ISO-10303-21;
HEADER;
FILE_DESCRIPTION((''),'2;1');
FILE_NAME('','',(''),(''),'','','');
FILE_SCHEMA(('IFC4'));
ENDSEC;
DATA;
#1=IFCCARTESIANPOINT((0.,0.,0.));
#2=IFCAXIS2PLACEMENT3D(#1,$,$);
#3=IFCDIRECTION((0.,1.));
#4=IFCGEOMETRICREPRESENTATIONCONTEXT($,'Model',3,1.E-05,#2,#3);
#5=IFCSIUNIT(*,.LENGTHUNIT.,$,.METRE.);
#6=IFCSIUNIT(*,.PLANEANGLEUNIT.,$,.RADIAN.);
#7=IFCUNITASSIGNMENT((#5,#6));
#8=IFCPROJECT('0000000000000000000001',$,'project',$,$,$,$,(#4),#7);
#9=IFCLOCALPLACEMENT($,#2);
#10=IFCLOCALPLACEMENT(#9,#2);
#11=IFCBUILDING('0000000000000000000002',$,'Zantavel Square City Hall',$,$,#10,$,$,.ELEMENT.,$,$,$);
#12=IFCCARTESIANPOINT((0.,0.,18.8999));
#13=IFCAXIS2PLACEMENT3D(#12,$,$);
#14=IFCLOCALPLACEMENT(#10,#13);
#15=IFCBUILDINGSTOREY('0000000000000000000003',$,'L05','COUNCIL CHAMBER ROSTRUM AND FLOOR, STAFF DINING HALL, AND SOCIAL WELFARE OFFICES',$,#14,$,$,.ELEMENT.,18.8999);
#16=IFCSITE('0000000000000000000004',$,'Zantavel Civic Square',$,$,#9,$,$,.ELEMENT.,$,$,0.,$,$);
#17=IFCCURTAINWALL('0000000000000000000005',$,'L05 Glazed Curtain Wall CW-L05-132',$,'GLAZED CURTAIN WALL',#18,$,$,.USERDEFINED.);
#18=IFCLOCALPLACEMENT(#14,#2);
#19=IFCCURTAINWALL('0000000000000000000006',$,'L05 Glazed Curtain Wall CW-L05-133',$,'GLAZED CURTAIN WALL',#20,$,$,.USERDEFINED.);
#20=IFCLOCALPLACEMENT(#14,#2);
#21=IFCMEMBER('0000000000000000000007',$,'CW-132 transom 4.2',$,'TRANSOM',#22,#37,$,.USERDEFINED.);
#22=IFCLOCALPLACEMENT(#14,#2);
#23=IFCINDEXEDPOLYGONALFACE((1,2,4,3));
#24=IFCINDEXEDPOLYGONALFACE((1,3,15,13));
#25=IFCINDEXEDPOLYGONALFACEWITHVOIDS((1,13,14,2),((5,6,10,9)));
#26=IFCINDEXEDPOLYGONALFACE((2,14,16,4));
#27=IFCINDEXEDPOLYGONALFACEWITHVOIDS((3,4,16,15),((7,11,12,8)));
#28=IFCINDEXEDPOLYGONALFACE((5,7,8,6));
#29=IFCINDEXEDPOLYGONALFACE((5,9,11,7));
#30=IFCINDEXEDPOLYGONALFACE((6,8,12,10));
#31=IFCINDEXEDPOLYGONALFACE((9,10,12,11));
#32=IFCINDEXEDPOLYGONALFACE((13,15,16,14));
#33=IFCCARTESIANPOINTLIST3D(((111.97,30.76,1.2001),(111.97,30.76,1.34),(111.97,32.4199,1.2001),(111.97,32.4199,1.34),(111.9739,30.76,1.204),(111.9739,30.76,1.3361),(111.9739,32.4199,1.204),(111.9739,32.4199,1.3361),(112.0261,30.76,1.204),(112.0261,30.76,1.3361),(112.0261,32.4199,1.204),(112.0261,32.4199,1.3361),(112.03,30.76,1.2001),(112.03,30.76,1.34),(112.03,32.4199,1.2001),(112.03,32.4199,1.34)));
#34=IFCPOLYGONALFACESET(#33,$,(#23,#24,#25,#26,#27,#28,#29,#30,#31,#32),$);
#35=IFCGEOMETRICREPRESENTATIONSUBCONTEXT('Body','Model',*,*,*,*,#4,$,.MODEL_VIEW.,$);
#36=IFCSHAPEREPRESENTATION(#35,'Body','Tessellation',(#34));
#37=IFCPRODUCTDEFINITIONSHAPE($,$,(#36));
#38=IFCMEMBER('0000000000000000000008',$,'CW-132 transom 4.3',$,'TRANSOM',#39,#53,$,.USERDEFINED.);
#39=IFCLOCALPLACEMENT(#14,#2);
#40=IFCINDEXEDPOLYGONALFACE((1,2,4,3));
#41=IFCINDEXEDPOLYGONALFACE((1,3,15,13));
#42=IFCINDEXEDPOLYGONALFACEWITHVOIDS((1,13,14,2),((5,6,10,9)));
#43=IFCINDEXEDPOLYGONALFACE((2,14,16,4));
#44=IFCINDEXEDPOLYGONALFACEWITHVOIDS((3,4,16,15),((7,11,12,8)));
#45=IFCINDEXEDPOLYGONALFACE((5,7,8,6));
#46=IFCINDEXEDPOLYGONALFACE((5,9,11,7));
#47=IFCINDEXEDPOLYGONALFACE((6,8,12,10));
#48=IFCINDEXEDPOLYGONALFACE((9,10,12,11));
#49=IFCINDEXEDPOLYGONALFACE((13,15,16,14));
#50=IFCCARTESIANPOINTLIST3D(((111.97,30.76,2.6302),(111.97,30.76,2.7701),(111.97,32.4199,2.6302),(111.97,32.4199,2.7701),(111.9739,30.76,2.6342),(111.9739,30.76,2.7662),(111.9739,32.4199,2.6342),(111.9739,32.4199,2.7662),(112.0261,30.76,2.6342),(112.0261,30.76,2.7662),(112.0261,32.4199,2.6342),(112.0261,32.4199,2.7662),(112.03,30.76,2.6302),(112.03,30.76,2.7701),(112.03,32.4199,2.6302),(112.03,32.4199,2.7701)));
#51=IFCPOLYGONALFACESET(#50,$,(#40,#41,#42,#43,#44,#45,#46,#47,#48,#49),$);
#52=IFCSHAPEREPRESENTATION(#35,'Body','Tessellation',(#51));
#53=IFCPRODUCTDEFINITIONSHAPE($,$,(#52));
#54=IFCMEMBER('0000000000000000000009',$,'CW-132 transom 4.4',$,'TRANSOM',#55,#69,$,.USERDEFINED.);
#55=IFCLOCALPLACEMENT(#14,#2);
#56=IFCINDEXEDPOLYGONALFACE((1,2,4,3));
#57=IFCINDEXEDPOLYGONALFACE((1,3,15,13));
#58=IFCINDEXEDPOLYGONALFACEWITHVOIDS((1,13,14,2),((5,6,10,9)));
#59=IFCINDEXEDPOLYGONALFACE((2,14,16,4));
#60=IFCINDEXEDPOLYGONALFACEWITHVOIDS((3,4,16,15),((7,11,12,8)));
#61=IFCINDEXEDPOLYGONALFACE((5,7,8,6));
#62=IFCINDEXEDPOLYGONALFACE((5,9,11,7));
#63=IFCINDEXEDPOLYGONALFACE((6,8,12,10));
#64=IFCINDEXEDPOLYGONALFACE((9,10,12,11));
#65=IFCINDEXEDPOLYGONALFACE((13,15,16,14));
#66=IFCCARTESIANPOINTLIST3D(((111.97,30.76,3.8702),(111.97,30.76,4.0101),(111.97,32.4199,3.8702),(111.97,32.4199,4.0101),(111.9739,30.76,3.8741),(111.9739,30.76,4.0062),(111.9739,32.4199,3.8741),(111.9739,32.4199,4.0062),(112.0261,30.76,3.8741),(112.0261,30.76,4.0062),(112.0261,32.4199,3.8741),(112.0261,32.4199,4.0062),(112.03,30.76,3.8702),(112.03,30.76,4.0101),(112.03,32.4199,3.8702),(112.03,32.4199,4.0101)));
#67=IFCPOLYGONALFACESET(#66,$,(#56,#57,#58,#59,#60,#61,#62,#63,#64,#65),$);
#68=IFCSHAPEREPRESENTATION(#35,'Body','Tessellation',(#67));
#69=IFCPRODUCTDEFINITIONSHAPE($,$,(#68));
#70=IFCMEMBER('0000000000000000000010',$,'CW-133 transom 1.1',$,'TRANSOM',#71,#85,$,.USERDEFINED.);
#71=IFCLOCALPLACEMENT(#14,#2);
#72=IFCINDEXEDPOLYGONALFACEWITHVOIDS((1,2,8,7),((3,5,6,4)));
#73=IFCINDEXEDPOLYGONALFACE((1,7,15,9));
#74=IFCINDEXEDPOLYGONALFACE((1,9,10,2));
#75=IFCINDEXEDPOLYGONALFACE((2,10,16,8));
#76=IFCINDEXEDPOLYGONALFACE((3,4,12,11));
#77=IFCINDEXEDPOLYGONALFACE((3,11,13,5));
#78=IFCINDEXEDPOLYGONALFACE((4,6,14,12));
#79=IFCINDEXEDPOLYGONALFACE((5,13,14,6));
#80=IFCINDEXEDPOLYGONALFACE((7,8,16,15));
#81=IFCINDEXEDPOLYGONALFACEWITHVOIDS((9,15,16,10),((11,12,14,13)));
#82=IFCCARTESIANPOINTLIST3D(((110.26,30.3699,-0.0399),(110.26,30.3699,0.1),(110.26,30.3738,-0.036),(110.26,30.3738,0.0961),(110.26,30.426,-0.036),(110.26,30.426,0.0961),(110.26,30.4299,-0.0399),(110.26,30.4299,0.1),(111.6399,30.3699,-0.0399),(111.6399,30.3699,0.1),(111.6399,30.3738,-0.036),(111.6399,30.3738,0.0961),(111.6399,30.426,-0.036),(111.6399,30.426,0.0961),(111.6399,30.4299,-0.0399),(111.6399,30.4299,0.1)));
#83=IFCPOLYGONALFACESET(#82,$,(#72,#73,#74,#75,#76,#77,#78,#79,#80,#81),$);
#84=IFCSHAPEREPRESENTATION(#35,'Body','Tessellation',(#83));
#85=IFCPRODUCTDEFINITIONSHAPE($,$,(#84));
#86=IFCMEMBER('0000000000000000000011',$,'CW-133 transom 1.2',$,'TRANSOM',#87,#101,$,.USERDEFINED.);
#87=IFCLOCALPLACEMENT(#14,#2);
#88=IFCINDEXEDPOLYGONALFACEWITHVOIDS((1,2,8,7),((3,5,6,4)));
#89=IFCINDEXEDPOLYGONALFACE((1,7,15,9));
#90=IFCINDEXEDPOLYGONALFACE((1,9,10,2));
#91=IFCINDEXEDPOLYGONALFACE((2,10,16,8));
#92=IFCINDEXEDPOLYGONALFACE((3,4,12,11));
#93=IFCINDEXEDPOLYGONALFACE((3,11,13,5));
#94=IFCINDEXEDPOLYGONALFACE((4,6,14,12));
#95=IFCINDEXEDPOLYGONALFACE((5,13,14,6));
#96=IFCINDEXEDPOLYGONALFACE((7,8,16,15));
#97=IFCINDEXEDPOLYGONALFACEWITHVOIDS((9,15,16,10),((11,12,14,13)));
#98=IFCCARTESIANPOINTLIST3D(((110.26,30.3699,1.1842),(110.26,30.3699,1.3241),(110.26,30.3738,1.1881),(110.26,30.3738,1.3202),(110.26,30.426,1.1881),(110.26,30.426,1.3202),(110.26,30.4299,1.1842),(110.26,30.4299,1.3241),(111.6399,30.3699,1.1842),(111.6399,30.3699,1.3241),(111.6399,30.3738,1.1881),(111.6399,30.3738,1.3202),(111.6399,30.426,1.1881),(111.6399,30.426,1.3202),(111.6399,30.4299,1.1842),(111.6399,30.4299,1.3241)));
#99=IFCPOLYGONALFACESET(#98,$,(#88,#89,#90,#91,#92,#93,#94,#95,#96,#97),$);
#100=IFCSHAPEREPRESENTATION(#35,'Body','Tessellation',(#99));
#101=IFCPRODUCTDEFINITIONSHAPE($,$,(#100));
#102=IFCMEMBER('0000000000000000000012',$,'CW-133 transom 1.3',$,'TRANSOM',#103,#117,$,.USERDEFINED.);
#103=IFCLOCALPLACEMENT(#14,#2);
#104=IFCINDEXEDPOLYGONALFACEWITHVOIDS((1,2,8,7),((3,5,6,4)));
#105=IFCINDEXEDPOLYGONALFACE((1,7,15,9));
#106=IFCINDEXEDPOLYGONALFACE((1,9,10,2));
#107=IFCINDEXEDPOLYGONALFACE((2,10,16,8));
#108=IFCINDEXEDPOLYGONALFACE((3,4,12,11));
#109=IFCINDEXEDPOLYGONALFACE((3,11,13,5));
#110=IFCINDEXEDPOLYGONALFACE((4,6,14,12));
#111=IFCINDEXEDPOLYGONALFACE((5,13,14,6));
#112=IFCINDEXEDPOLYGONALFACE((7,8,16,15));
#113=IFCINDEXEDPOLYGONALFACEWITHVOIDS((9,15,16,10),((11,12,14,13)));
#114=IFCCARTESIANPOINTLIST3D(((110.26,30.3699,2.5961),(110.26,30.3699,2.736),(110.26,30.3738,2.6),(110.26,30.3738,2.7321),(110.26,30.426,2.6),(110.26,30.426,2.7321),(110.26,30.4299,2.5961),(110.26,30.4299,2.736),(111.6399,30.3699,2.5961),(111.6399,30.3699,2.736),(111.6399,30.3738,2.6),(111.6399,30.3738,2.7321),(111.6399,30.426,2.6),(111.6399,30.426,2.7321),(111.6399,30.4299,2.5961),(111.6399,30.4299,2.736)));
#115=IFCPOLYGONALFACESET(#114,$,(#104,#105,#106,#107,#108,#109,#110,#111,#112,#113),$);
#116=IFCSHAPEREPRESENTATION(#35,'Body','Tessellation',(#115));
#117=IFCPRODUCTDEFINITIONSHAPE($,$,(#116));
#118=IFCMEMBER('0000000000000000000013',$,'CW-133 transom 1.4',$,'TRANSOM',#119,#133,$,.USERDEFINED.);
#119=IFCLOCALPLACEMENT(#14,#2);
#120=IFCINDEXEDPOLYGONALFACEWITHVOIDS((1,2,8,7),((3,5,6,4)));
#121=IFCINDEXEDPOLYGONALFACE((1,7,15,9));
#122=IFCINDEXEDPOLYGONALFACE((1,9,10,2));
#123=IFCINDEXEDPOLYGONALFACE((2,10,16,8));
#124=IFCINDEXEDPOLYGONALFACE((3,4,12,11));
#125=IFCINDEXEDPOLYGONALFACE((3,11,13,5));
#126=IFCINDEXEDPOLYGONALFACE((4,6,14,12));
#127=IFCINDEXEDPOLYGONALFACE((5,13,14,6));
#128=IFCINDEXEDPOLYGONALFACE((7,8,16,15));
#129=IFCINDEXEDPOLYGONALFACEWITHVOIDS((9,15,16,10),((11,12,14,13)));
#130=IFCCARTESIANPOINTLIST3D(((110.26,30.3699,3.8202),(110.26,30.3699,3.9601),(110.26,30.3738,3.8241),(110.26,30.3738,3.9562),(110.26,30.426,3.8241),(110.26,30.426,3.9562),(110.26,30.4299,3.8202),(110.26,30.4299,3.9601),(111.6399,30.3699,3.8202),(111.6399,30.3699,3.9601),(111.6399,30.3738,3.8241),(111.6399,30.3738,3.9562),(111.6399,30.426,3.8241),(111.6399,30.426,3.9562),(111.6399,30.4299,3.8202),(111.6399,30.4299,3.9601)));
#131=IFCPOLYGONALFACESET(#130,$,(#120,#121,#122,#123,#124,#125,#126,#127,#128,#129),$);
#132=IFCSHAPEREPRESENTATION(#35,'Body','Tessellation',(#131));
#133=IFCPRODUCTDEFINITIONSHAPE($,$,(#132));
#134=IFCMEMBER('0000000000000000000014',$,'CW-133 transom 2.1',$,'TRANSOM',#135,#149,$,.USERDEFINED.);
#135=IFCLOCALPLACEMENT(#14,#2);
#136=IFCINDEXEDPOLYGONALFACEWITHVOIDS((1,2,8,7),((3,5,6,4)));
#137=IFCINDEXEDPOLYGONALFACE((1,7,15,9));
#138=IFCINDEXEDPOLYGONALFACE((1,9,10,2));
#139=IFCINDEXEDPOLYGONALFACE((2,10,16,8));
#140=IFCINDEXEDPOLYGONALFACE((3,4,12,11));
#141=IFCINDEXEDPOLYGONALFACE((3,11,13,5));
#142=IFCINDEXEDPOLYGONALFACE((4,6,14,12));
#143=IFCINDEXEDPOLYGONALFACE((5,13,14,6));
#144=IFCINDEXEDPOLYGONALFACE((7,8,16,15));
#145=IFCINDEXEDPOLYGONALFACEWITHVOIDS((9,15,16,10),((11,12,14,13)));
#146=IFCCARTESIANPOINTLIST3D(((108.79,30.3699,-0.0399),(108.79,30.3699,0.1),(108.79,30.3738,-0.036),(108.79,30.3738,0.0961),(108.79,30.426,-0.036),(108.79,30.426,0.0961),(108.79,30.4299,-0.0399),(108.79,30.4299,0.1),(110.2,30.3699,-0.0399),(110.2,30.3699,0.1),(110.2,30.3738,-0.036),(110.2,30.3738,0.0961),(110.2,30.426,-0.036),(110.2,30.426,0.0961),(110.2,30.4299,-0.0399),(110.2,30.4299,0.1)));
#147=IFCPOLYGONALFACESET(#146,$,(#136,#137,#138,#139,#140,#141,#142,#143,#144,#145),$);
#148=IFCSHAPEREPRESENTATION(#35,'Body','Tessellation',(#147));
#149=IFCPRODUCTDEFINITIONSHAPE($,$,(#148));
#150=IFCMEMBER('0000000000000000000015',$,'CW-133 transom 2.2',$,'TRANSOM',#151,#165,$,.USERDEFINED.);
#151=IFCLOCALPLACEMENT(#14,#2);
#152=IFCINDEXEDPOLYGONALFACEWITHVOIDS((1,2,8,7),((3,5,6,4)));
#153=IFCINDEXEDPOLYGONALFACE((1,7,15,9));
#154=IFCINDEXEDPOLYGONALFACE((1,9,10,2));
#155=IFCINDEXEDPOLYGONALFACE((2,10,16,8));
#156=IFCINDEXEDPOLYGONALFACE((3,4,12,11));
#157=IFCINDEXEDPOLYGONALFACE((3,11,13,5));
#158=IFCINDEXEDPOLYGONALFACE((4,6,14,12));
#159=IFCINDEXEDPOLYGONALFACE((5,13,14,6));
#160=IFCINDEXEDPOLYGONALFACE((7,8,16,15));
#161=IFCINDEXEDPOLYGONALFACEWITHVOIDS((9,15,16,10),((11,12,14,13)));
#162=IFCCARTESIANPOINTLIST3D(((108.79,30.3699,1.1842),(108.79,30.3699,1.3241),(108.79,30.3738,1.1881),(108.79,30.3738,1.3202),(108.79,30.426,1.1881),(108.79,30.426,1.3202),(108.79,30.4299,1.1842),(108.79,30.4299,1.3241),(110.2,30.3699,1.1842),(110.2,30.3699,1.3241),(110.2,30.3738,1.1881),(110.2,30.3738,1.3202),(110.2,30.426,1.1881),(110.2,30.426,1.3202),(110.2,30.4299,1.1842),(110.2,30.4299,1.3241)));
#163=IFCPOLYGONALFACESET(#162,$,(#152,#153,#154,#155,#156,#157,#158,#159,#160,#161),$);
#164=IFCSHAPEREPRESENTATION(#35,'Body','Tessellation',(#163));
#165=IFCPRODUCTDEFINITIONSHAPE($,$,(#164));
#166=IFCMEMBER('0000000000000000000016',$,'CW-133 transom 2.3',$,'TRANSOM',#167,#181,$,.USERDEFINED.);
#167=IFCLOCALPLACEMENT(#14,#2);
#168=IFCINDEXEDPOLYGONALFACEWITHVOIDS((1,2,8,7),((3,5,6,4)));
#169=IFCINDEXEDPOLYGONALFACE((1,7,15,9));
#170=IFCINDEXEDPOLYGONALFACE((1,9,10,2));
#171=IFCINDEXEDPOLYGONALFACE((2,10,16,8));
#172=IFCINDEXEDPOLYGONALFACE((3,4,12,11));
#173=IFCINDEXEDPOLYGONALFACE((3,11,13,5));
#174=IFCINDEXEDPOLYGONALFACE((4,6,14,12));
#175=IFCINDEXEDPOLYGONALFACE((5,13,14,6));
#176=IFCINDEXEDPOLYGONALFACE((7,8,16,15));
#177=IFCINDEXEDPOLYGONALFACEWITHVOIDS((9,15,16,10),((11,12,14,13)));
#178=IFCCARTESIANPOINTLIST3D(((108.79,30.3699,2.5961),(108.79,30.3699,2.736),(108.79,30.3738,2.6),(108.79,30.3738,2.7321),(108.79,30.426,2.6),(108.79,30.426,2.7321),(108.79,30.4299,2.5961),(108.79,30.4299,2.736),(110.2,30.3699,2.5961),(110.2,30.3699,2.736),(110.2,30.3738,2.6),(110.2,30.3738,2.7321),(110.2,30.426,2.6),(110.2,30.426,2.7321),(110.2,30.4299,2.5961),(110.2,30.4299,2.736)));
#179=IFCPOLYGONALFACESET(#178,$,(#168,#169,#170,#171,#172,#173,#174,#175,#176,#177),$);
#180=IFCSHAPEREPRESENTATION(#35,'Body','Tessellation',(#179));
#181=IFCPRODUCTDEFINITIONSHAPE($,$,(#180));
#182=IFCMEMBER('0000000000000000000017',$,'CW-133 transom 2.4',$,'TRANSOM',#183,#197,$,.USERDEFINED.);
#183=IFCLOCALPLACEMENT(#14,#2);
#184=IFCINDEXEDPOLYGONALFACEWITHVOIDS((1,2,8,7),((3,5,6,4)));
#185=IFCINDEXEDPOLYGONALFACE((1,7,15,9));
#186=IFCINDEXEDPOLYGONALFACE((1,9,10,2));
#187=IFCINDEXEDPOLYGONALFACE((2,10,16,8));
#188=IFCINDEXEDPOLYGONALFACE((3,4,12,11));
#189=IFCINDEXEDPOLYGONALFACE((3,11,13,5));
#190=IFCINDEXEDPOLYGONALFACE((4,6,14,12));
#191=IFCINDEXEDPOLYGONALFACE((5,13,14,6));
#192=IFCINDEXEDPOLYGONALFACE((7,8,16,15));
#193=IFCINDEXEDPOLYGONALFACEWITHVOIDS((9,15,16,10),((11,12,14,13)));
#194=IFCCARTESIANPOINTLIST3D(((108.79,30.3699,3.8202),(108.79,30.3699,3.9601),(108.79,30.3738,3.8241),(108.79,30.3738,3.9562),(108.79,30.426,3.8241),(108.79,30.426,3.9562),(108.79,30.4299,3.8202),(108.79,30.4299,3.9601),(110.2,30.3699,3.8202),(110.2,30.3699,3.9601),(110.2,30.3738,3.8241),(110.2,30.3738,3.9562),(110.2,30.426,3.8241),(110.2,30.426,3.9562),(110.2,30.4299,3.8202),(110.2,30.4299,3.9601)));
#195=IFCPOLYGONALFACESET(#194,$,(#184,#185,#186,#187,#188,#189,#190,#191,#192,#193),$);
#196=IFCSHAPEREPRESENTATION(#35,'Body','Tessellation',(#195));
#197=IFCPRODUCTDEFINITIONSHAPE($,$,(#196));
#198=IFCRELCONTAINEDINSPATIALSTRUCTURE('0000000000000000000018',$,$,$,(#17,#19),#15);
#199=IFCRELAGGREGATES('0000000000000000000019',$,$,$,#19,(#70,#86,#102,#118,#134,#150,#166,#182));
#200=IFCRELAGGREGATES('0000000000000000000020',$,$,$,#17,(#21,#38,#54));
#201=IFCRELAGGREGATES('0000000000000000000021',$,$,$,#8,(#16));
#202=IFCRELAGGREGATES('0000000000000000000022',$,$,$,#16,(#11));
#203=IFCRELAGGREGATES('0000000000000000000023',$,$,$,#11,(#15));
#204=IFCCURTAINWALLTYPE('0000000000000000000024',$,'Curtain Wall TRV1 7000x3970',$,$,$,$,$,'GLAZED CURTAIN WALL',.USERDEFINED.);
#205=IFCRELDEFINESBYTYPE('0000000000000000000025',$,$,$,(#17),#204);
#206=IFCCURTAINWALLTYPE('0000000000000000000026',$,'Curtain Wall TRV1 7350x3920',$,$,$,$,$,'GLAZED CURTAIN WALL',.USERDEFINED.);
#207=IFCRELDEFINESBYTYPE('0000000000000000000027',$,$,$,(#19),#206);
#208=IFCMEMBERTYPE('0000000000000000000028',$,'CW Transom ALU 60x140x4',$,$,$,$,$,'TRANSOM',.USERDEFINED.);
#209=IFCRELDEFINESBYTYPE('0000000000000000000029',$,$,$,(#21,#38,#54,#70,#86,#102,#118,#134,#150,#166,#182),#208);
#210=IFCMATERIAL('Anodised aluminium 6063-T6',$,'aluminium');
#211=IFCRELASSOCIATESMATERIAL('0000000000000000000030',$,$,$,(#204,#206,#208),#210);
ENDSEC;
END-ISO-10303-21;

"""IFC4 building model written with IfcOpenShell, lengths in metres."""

from ifc_helpers import new_model, si_unit, direction, frame, origin, origin_2d, place, context, subcontext, project, spatial, hollow_rectangle, extrude, material, material_profile, profile_set, type_object, element, aggregate, save


model = new_model("IFC4")

# Units and contexts
model_context = context("Model", 3, precision=1e-05, world=origin(), true_north=direction((0.0, 1.0)))
body_context = subcontext(model_context, "Body", "Model", "MODEL_VIEW")
ifc_project = project(units=[si_unit("LENGTHUNIT", "METRE"), si_unit("PLANEANGLEUNIT", "RADIAN")], contexts=[model_context])

# Site, building, storey
site_placement = place(None, origin())
site = spatial("IfcSite", under=ifc_project, at=site_placement, Name="Zantavel Civic Square", CompositionType="ELEMENT", RefElevation=0.0)
building_placement = place(site_placement, origin())
building = spatial("IfcBuilding", under=site, at=building_placement, Name="Zantavel Square City Hall", CompositionType="ELEMENT")
storey_placement = place(building_placement, frame((0.0, 0.0, 18.8999)))
storey = spatial("IfcBuildingStorey", under=building, at=storey_placement, Name="L05", Description="COUNCIL CHAMBER ROSTRUM AND FLOOR, STAFF DINING HALL, AND SOCIAL WELFARE OFFICES", CompositionType="ELEMENT", Elevation=18.8999)

# Curtain walls
ifc_material_1 = material(Name="Anodised aluminium 6063-T6", Category="aluminium")
curtain_wall_type_1 = type_object("IfcCurtainWallType", Name="Curtain Wall TRV1 7000x3970", ElementType="GLAZED CURTAIN WALL", PredefinedType="USERDEFINED", material=ifc_material_1)
curtain_wall_1_placement = place(storey_placement, origin())
curtain_wall_1 = element("IfcCurtainWall", 1, at=curtain_wall_1_placement, inside=storey, type_object=curtain_wall_type_1, Name="L05 Glazed Curtain Wall CW-L05-132", ObjectType="GLAZED CURTAIN WALL", PredefinedType="USERDEFINED")
curtain_wall_type_2 = type_object("IfcCurtainWallType", Name="Curtain Wall TRV1 7350x3920", ElementType="GLAZED CURTAIN WALL", PredefinedType="USERDEFINED", material=ifc_material_1)
curtain_wall_2_placement = place(storey_placement, origin())
curtain_wall_2 = element("IfcCurtainWall", 2, at=curtain_wall_2_placement, inside=storey, type_object=curtain_wall_type_2, Name="L05 Glazed Curtain Wall CW-L05-133", ObjectType="GLAZED CURTAIN WALL", PredefinedType="USERDEFINED")

# Members
ifc_material_profile_1 = material_profile(ifc_material_1, hollow_rectangle(XDim=0.0601, YDim=0.1399, WallThickness=0.0039, at=origin_2d()), Name="ALU 60x140x4")
ifc_profile_set_1 = profile_set([ifc_material_profile_1], Name="Anodised aluminium 6063-T6")
member_type_1 = type_object("IfcMemberType", Name="CW Transom ALU 60x140x4", ElementType="TRANSOM", PredefinedType="USERDEFINED", material=ifc_profile_set_1)
member_1_placement = place(storey_placement, frame((112.0, 32.4199, 1.27), z_axis=(0.0, -1.0, 0.0), x_axis=(1.0, 0.0, 0.0)))
member_1 = element("IfcMember", 3, at=member_1_placement, type_object=member_type_1, Name="CW-132 transom 4.2", ObjectType="TRANSOM", PredefinedType="USERDEFINED", context=body_context, shape_type="SweptSolid", body=[
    extrude(hollow_rectangle(XDim=0.0601, YDim=0.1399, WallThickness=0.0039, at=origin_2d()), origin(), (0.0, 0.0, 1.0), 1.6599),
])
member_2_placement = place(storey_placement, frame((112.0, 32.4199, 2.7002), z_axis=(0.0, -1.0, 0.0), x_axis=(1.0, 0.0, 0.0)))
member_2 = element("IfcMember", 4, at=member_2_placement, type_object=member_type_1, Name="CW-132 transom 4.3", ObjectType="TRANSOM", PredefinedType="USERDEFINED", context=body_context, shape_type="SweptSolid", body=[
    extrude(hollow_rectangle(XDim=0.0601, YDim=0.1399, WallThickness=0.0039, at=origin_2d()), origin(), (0.0, 0.0, 1.0), 1.6599),
])
member_3_placement = place(storey_placement, frame((112.0, 32.4199, 3.9402), z_axis=(0.0, -1.0, 0.0), x_axis=(1.0, 0.0, 0.0)))
member_3 = element("IfcMember", 5, at=member_3_placement, type_object=member_type_1, Name="CW-132 transom 4.4", ObjectType="TRANSOM", PredefinedType="USERDEFINED", context=body_context, shape_type="SweptSolid", body=[
    extrude(hollow_rectangle(XDim=0.0601, YDim=0.1399, WallThickness=0.0039, at=origin_2d()), origin(), (0.0, 0.0, 1.0), 1.6599),
])
member_4_placement = place(storey_placement, frame((111.6399, 30.3999, 0.03), z_axis=(-1.0, 0.0, 0.0), x_axis=(0.0, -1.0, 0.0)))
member_4 = element("IfcMember", 6, at=member_4_placement, type_object=member_type_1, Name="CW-133 transom 1.1", ObjectType="TRANSOM", PredefinedType="USERDEFINED", context=body_context, shape_type="SweptSolid", body=[
    extrude(hollow_rectangle(XDim=0.0601, YDim=0.1399, WallThickness=0.0039, at=origin_2d()), origin(), (0.0, 0.0, 1.0), 1.3799),
])
member_5_placement = place(storey_placement, frame((111.6399, 30.3999, 1.2542), z_axis=(-1.0, 0.0, 0.0), x_axis=(0.0, -1.0, 0.0)))
member_5 = element("IfcMember", 7, at=member_5_placement, type_object=member_type_1, Name="CW-133 transom 1.2", ObjectType="TRANSOM", PredefinedType="USERDEFINED", context=body_context, shape_type="SweptSolid", body=[
    extrude(hollow_rectangle(XDim=0.0601, YDim=0.1399, WallThickness=0.0039, at=origin_2d()), origin(), (0.0, 0.0, 1.0), 1.3799),
])
member_6_placement = place(storey_placement, frame((111.6399, 30.3999, 2.666), z_axis=(-1.0, 0.0, 0.0), x_axis=(0.0, -1.0, 0.0)))
member_6 = element("IfcMember", 8, at=member_6_placement, type_object=member_type_1, Name="CW-133 transom 1.3", ObjectType="TRANSOM", PredefinedType="USERDEFINED", context=body_context, shape_type="SweptSolid", body=[
    extrude(hollow_rectangle(XDim=0.0601, YDim=0.1399, WallThickness=0.0039, at=origin_2d()), origin(), (0.0, 0.0, 1.0), 1.3799),
])
member_7_placement = place(storey_placement, frame((111.6399, 30.3999, 3.8901), z_axis=(-1.0, 0.0, 0.0), x_axis=(0.0, -1.0, 0.0)))
member_7 = element("IfcMember", 9, at=member_7_placement, type_object=member_type_1, Name="CW-133 transom 1.4", ObjectType="TRANSOM", PredefinedType="USERDEFINED", context=body_context, shape_type="SweptSolid", body=[
    extrude(hollow_rectangle(XDim=0.0601, YDim=0.1399, WallThickness=0.0039, at=origin_2d()), origin(), (0.0, 0.0, 1.0), 1.3799),
])
member_8_placement = place(storey_placement, frame((110.2, 30.3999, 0.03), z_axis=(-1.0, 0.0, 0.0), x_axis=(0.0, -1.0, 0.0)))
member_8 = element("IfcMember", 10, at=member_8_placement, type_object=member_type_1, Name="CW-133 transom 2.1", ObjectType="TRANSOM", PredefinedType="USERDEFINED", context=body_context, shape_type="SweptSolid", body=[
    extrude(hollow_rectangle(XDim=0.0601, YDim=0.1399, WallThickness=0.0039, at=origin_2d()), origin(), (0.0, 0.0, 1.0), 1.4099),
])
member_9_placement = place(storey_placement, frame((110.2, 30.3999, 1.2542), z_axis=(-1.0, 0.0, 0.0), x_axis=(0.0, -1.0, 0.0)))
member_9 = element("IfcMember", 11, at=member_9_placement, type_object=member_type_1, Name="CW-133 transom 2.2", ObjectType="TRANSOM", PredefinedType="USERDEFINED", context=body_context, shape_type="SweptSolid", body=[
    extrude(hollow_rectangle(XDim=0.0601, YDim=0.1399, WallThickness=0.0039, at=origin_2d()), origin(), (0.0, 0.0, 1.0), 1.4099),
])
member_10_placement = place(storey_placement, frame((110.2, 30.3999, 2.666), z_axis=(-1.0, 0.0, 0.0), x_axis=(0.0, -1.0, 0.0)))
member_10 = element("IfcMember", 12, at=member_10_placement, type_object=member_type_1, Name="CW-133 transom 2.3", ObjectType="TRANSOM", PredefinedType="USERDEFINED", context=body_context, shape_type="SweptSolid", body=[
    extrude(hollow_rectangle(XDim=0.0601, YDim=0.1399, WallThickness=0.0039, at=origin_2d()), origin(), (0.0, 0.0, 1.0), 1.4099),
])
member_11_placement = place(storey_placement, frame((110.2, 30.3999, 3.8901), z_axis=(-1.0, 0.0, 0.0), x_axis=(0.0, -1.0, 0.0)))
member_11 = element("IfcMember", 13, at=member_11_placement, type_object=member_type_1, Name="CW-133 transom 2.4", ObjectType="TRANSOM", PredefinedType="USERDEFINED", context=body_context, shape_type="SweptSolid", body=[
    extrude(hollow_rectangle(XDim=0.0601, YDim=0.1399, WallThickness=0.0039, at=origin_2d()), origin(), (0.0, 0.0, 1.0), 1.4099),
])

aggregate(curtain_wall_2, [member_4, member_5, member_6, member_7, member_8, member_9, member_10, member_11])
aggregate(curtain_wall_1, [member_1, member_2, member_3])

save(model, "model.ifc")
